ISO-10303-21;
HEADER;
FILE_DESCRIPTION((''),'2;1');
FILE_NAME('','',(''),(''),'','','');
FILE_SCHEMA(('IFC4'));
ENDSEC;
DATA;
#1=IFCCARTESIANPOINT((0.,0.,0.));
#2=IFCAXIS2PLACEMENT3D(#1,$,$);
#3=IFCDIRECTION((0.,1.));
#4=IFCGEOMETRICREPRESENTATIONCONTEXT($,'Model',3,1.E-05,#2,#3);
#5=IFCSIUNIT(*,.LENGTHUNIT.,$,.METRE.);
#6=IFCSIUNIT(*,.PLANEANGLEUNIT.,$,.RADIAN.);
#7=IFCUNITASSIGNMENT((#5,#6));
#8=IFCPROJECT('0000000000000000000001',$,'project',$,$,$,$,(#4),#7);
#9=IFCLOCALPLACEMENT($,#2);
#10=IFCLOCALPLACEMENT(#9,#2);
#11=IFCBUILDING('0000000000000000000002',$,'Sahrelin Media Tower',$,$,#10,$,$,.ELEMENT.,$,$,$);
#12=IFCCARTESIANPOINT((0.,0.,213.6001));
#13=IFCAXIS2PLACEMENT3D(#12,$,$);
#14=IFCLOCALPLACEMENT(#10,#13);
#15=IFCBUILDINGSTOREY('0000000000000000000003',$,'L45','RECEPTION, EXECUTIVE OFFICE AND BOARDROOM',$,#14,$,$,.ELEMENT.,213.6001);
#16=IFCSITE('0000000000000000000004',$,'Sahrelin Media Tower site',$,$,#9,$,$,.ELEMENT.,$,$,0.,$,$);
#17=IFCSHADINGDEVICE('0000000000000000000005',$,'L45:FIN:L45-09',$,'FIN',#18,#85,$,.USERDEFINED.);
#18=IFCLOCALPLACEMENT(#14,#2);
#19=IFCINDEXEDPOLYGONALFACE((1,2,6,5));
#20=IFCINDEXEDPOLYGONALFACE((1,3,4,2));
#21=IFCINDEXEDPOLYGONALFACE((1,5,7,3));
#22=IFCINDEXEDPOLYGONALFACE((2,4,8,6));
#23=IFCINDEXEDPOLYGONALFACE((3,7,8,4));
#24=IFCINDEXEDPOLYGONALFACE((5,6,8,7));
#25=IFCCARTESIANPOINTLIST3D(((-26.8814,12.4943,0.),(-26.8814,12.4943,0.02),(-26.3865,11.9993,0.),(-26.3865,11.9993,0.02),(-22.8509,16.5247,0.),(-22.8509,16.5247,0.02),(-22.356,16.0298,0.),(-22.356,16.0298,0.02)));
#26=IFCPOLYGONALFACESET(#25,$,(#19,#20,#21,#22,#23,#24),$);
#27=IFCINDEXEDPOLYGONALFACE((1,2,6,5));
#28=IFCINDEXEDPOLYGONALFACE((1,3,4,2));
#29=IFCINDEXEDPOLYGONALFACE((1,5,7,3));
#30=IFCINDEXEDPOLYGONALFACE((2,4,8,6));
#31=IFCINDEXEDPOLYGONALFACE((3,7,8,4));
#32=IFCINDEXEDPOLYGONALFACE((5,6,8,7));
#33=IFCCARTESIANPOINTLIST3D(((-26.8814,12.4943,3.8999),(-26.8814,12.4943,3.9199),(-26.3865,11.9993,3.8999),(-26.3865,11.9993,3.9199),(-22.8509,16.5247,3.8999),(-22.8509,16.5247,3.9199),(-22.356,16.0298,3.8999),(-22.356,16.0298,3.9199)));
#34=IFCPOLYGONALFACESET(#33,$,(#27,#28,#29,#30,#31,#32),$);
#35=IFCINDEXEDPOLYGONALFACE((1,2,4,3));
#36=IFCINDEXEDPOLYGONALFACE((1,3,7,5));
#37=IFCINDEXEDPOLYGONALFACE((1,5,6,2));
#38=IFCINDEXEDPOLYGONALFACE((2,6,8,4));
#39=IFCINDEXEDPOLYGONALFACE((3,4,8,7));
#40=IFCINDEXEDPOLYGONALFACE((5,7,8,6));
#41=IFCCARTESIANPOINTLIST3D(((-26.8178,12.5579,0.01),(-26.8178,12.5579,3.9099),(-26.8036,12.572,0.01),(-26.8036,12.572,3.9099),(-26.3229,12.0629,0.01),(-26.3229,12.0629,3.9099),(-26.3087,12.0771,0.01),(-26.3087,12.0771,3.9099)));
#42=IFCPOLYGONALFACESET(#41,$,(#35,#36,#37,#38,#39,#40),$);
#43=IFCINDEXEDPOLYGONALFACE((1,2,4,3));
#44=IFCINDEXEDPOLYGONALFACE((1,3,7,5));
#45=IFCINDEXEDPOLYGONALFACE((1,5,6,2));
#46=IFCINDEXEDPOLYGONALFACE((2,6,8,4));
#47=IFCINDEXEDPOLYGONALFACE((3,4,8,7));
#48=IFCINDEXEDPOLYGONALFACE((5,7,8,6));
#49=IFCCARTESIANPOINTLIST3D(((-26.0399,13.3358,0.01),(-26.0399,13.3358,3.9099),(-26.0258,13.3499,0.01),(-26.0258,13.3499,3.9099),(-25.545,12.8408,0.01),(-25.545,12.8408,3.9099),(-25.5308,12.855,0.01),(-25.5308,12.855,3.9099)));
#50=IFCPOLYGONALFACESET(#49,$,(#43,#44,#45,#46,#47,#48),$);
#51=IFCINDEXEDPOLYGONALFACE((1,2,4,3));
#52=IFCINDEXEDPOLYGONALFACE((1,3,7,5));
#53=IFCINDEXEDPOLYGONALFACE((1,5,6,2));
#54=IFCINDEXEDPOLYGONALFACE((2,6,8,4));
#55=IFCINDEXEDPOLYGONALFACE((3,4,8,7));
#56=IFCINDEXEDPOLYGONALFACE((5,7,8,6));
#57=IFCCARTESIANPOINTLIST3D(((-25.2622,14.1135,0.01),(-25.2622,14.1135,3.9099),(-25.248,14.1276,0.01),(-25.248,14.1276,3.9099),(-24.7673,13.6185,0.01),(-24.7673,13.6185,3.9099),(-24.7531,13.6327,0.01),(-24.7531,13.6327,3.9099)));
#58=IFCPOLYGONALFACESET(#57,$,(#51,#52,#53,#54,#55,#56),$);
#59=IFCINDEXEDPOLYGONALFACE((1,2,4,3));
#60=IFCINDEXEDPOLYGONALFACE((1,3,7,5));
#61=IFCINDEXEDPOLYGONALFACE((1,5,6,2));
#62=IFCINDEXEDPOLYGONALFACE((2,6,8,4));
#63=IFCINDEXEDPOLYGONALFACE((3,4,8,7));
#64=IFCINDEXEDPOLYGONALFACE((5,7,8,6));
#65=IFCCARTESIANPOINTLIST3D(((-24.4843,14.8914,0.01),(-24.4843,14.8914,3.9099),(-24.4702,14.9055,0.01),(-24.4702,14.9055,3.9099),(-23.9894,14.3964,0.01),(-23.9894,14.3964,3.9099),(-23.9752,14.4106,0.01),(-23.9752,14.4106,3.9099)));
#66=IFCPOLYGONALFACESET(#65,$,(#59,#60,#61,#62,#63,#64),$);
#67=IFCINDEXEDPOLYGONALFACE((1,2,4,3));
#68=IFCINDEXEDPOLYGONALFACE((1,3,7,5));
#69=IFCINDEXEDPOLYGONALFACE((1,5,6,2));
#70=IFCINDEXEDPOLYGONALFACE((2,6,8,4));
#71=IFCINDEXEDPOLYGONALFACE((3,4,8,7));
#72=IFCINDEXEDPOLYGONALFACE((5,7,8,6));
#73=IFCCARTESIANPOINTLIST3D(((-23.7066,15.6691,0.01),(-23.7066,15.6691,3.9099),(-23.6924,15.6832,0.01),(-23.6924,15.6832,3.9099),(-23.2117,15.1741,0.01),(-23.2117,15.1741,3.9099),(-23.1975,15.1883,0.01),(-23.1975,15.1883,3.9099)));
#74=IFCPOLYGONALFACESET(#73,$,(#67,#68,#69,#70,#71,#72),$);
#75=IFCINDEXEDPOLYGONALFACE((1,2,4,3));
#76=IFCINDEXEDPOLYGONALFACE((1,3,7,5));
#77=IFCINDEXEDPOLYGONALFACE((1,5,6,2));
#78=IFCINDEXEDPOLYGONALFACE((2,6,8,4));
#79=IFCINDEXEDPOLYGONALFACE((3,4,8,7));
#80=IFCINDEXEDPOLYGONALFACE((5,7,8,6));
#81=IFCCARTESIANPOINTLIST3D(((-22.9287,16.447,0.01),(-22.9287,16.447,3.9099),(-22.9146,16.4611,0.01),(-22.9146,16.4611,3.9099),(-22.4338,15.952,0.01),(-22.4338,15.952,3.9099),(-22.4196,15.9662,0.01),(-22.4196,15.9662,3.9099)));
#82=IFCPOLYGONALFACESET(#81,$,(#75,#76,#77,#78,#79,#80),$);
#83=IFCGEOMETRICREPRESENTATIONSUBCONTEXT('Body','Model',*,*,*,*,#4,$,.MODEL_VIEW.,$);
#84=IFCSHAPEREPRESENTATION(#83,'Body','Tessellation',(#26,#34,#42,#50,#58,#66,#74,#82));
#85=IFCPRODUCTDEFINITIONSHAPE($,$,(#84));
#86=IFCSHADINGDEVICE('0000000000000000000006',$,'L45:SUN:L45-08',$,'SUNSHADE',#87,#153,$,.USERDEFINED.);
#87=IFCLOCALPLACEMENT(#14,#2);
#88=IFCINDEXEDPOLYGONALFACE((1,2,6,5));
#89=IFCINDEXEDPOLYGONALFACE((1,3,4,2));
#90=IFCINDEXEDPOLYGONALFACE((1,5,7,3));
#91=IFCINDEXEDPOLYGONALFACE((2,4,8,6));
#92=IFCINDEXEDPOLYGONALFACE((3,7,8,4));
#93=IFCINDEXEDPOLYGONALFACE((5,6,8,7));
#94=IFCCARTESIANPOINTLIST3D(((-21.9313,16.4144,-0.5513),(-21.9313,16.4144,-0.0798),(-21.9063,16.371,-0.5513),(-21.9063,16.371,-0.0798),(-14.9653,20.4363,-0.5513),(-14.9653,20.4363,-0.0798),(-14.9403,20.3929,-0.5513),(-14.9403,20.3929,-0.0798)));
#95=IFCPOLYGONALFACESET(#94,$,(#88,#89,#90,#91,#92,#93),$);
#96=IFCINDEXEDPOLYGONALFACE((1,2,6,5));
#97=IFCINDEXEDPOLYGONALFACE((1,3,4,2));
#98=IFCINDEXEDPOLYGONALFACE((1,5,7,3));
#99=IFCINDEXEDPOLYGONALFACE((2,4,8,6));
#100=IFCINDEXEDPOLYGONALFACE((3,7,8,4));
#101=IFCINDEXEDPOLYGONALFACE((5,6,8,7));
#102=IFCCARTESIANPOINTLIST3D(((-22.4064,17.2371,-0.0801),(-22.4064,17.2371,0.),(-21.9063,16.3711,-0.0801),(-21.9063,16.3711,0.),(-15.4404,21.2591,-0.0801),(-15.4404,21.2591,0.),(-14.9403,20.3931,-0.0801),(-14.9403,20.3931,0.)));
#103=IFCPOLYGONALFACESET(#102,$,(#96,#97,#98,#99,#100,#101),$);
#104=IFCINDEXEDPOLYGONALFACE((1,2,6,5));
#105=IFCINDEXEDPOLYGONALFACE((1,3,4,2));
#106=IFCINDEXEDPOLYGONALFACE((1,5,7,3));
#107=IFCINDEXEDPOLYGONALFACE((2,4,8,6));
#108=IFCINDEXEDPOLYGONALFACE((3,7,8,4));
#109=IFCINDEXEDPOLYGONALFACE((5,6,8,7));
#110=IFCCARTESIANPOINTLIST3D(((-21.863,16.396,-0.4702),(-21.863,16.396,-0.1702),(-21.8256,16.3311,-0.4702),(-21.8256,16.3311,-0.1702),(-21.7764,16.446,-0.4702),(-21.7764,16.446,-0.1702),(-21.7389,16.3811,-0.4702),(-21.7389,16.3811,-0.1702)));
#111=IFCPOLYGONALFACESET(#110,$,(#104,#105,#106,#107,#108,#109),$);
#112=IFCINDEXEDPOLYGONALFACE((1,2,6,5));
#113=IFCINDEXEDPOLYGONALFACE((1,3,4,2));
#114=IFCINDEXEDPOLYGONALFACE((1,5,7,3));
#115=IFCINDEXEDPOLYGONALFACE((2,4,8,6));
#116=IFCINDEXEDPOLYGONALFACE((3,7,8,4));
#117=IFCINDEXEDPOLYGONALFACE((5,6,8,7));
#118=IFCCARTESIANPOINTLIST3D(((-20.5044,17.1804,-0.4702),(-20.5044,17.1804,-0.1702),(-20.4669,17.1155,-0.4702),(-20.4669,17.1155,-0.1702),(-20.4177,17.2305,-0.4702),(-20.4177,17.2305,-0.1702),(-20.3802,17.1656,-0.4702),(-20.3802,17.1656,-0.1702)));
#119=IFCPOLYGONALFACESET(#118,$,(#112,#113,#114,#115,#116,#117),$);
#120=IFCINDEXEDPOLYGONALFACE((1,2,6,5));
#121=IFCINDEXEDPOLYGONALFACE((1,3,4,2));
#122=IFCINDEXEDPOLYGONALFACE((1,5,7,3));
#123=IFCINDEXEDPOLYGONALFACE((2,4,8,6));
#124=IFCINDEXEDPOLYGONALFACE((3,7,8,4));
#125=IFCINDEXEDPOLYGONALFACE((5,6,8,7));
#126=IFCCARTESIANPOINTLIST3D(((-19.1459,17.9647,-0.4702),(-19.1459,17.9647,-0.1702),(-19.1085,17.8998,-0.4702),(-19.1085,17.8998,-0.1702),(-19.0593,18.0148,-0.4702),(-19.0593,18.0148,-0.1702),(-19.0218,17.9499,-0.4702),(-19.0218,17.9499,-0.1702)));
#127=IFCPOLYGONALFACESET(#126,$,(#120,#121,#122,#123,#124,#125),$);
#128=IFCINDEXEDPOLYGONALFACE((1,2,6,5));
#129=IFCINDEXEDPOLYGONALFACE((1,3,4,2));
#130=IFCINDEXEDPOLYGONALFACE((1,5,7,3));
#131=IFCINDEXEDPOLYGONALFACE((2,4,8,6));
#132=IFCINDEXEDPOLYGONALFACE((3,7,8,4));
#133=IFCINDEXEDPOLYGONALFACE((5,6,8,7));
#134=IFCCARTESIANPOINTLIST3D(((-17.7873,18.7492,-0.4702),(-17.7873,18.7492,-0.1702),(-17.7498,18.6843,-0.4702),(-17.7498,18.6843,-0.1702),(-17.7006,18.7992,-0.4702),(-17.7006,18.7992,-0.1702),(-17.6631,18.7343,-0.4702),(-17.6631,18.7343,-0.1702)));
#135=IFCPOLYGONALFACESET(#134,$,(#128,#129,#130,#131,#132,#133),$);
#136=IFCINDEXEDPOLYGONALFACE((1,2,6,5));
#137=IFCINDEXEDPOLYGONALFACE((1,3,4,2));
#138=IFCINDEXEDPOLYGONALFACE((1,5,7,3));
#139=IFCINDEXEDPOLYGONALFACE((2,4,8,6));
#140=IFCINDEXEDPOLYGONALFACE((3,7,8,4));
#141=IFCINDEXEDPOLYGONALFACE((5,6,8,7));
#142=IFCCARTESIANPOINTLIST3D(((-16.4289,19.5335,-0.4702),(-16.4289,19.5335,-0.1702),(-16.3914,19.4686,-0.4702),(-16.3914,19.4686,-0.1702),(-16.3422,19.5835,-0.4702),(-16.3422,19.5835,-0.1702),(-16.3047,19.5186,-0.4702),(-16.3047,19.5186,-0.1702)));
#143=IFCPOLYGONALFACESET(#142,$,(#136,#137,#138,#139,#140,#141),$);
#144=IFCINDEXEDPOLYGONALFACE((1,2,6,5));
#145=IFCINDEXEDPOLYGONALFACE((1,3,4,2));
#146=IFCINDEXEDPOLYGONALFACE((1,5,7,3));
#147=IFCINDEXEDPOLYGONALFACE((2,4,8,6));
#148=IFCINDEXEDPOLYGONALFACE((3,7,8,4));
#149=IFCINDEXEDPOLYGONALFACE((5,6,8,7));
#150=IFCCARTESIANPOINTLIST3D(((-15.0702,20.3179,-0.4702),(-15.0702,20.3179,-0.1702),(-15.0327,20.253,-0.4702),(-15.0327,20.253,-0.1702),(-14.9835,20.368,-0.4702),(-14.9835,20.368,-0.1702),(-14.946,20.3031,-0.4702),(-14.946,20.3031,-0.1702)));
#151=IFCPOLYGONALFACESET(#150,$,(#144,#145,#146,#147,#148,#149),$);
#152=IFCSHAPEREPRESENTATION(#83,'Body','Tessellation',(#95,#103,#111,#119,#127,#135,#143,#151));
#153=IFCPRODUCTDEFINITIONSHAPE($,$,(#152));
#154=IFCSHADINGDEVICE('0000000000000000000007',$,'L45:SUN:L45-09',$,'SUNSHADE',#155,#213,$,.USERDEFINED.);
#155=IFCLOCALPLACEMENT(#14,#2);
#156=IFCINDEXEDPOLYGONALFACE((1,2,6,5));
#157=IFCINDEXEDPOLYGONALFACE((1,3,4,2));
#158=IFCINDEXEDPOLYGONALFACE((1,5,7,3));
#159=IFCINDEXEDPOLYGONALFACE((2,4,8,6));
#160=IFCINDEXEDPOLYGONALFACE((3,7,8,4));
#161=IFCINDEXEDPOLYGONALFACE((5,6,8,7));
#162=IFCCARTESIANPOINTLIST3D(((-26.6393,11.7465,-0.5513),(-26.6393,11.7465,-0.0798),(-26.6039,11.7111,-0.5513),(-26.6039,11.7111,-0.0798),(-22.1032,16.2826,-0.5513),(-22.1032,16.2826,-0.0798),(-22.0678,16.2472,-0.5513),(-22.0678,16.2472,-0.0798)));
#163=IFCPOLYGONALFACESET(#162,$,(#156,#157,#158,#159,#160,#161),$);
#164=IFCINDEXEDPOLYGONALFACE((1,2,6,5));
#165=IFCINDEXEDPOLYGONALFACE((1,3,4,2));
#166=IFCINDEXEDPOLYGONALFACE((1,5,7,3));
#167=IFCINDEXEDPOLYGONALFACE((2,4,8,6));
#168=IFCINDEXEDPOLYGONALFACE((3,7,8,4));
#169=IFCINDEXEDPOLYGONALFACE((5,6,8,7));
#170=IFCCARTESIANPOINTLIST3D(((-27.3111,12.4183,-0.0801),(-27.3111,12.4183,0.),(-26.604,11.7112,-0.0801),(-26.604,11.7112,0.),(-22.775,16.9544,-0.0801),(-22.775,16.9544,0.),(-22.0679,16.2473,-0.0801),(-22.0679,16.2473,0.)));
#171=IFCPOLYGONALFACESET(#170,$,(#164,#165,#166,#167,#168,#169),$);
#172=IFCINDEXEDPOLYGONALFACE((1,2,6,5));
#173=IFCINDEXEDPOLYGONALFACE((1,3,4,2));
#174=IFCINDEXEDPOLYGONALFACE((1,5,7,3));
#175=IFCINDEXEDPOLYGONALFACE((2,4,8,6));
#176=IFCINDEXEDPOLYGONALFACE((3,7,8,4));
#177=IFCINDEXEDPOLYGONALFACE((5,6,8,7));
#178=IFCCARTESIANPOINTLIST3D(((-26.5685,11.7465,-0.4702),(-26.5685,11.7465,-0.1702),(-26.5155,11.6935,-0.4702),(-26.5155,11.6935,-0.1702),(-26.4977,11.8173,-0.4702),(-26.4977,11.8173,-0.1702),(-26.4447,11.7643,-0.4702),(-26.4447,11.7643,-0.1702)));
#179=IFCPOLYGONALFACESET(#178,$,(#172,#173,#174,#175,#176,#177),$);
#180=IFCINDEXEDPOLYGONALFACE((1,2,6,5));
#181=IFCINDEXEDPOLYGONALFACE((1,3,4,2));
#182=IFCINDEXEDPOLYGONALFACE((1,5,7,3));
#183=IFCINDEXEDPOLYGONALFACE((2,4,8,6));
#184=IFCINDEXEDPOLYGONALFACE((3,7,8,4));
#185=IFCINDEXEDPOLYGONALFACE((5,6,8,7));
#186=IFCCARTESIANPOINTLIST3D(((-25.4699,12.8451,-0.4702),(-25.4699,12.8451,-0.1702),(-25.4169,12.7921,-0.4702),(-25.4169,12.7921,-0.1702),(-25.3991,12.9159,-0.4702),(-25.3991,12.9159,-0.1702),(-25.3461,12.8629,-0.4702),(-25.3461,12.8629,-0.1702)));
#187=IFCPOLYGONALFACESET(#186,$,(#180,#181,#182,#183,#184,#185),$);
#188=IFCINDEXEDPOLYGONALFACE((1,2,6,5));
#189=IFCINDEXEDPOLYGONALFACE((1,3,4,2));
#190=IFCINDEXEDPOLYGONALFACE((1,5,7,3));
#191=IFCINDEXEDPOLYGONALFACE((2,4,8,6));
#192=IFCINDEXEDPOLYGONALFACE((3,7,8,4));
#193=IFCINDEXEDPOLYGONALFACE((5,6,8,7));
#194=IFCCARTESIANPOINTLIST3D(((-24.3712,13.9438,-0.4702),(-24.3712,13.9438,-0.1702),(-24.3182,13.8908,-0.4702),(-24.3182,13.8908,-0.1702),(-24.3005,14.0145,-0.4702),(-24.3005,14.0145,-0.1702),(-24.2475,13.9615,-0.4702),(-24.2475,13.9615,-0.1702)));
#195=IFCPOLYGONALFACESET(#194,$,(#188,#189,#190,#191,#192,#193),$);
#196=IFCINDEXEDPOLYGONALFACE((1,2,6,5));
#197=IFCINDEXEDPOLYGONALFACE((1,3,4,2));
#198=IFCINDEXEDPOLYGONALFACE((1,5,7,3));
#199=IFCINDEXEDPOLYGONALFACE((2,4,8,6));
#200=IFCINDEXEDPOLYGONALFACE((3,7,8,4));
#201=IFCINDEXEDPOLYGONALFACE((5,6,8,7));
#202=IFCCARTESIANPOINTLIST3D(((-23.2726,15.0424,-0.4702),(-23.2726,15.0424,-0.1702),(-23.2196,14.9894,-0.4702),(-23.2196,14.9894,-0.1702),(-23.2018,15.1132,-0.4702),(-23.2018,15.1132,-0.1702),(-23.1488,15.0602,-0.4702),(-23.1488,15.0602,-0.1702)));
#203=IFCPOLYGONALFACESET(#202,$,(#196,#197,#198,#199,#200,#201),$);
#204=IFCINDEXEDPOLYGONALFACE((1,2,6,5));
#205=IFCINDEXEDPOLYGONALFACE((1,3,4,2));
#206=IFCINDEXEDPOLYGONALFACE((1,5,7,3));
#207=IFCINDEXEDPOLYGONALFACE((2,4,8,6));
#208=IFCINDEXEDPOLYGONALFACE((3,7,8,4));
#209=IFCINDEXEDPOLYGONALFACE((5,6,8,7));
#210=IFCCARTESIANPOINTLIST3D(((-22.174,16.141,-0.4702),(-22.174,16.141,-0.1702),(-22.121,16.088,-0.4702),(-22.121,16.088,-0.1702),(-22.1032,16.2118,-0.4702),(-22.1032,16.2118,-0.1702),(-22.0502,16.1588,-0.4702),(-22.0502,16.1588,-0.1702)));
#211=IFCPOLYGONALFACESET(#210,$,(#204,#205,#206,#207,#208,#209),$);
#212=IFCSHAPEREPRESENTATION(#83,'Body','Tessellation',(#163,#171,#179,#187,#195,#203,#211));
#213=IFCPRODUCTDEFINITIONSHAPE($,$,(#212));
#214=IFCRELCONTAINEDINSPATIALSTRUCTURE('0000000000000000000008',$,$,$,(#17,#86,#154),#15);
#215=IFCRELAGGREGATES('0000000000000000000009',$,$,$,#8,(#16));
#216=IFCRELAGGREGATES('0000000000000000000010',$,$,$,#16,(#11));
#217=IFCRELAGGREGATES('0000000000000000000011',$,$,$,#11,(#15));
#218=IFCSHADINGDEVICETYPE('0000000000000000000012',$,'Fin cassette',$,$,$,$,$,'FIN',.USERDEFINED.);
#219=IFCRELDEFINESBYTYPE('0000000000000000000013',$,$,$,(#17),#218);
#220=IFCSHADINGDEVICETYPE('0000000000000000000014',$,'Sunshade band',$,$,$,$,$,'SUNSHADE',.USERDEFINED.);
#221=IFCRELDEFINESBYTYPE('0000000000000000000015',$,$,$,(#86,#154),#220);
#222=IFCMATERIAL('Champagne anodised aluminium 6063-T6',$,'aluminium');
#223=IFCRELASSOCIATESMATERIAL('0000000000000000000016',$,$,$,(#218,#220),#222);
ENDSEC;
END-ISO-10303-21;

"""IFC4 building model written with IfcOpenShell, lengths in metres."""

from ifc_helpers import new_model, si_unit, direction, frame, origin, origin_2d, place, context, subcontext, project, spatial, rectangle, extrude, material, type_object, element, save


model = new_model("IFC4")

# Units and contexts
model_context = context("Model", 3, precision=1e-05, world=origin(), true_north=direction((0.0, 1.0)))
body_context = subcontext(model_context, "Body", "Model", "MODEL_VIEW")
ifc_project = project(units=[si_unit("LENGTHUNIT", "METRE"), si_unit("PLANEANGLEUNIT", "RADIAN")], contexts=[model_context])

# Site, building, storey
site_placement = place(None, origin())
site = spatial("IfcSite", under=ifc_project, at=site_placement, Name="Sahrelin Media Tower site", CompositionType="ELEMENT", RefElevation=0.0)
building_placement = place(site_placement, origin())
building = spatial("IfcBuilding", under=site, at=building_placement, Name="Sahrelin Media Tower", CompositionType="ELEMENT")
storey_placement = place(building_placement, frame((0.0, 0.0, 213.6001)))
storey = spatial("IfcBuildingStorey", under=building, at=storey_placement, Name="L45", Description="RECEPTION, EXECUTIVE OFFICE AND BOARDROOM", CompositionType="ELEMENT", Elevation=213.6001)

# Shared definitions
ifc_material_1 = material(Name="Champagne anodised aluminium 6063-T6", Category="aluminium")

# Shading devices
shading_device_type_1 = type_object("IfcShadingDeviceType", Name="Fin cassette", ElementType="FIN", PredefinedType="USERDEFINED", material=ifc_material_1)
placement_1 = place(storey_placement, frame((-18.4133, 18.3647, 0.0), z_axis=(0.0, 0.0, 1.0), x_axis=(0.866019, 0.500011, 0.0)))
placement_2 = place(storey_placement, frame((-24.3218, 13.9651, 0.0), z_axis=(0.0, 0.0, 1.0), x_axis=(0.707107, 0.707107, 0.0)))
element("IfcShadingDevice", 1, at=placement_2, inside=storey, type_object=shading_device_type_1, Name="L45:FIN:L45-09", ObjectType="FIN", PredefinedType="USERDEFINED", context=body_context, shape_type="SweptSolid", body=[
    extrude(rectangle(XDim=5.7, YDim=0.7, at=origin_2d()), frame((0.0, 0.4199, 0.0)), (0.0, 0.0, 1.0), 0.02),
    extrude(rectangle(XDim=5.7, YDim=0.7, at=origin_2d()), frame((0.0, 0.4199, 3.8999)), (0.0, 0.0, 1.0), 0.02),
    extrude(rectangle(XDim=0.02, YDim=0.7, at=origin_2d()), frame((-2.75, 0.4199, 0.01), z_axis=(0.0, 0.0, 1.0), x_axis=(1.0, 0.0, 0.0)), (0.0, 0.0, 1.0), 3.8999),
    extrude(rectangle(XDim=0.02, YDim=0.7, at=origin_2d()), frame((-1.6499, 0.4199, 0.01), z_axis=(0.0, 0.0, 1.0), x_axis=(1.0, 0.0, 0.0)), (0.0, 0.0, 1.0), 3.8999),
    extrude(rectangle(XDim=0.02, YDim=0.7, at=origin_2d()), frame((-0.55, 0.4199, 0.01), z_axis=(0.0, 0.0, 1.0), x_axis=(1.0, 0.0, 0.0)), (0.0, 0.0, 1.0), 3.8999),
    extrude(rectangle(XDim=0.02, YDim=0.7, at=origin_2d()), frame((0.55, 0.4199, 0.01), z_axis=(0.0, 0.0, 1.0), x_axis=(1.0, 0.0, 0.0)), (0.0, 0.0, 1.0), 3.8999),
    extrude(rectangle(XDim=0.02, YDim=0.7, at=origin_2d()), frame((1.6499, 0.4199, 0.01), z_axis=(0.0, 0.0, 1.0), x_axis=(1.0, 0.0, 0.0)), (0.0, 0.0, 1.0), 3.8999),
    extrude(rectangle(XDim=0.02, YDim=0.7, at=origin_2d()), frame((2.75, 0.4199, 0.01), z_axis=(0.0, 0.0, 1.0), x_axis=(1.0, 0.0, 0.0)), (0.0, 0.0, 1.0), 3.8999),
])
shading_device_type_2 = type_object("IfcShadingDeviceType", Name="Sunshade band", ElementType="SUNSHADE", PredefinedType="USERDEFINED", material=ifc_material_1)
element("IfcShadingDevice", 2, at=placement_1, inside=storey, type_object=shading_device_type_2, Name="L45:SUN:L45-08", ObjectType="SUNSHADE", PredefinedType="USERDEFINED", context=body_context, shape_type="SweptSolid", body=[
    extrude(rectangle(XDim=8.0437, YDim=0.05, at=origin_2d()), frame((0.0, 0.0449, -0.5513)), (0.0, 0.0, 1.0), 0.4714),
    extrude(rectangle(XDim=8.0437, YDim=1.0, at=origin_2d()), frame((0.0, 0.52, -0.0801)), (0.0, 0.0, 1.0), 0.0801),
    extrude(rectangle(XDim=0.1001, YDim=0.075, at=origin_2d()), frame((-3.9219, -0.0176, -0.4702)), (0.0, 0.0, 1.0), 0.3),
    extrude(rectangle(XDim=0.1001, YDim=0.075, at=origin_2d()), frame((-2.353, -0.0176, -0.4702)), (0.0, 0.0, 1.0), 0.3),
    extrude(rectangle(XDim=0.1001, YDim=0.075, at=origin_2d()), frame((-0.7844, -0.0176, -0.4702)), (0.0, 0.0, 1.0), 0.3),
    extrude(rectangle(XDim=0.1001, YDim=0.075, at=origin_2d()), frame((0.7844, -0.0176, -0.4702)), (0.0, 0.0, 1.0), 0.3),
    extrude(rectangle(XDim=0.1001, YDim=0.075, at=origin_2d()), frame((2.353, -0.0176, -0.4702)), (0.0, 0.0, 1.0), 0.3),
    extrude(rectangle(XDim=0.1001, YDim=0.075, at=origin_2d()), frame((3.9219, -0.0176, -0.4702)), (0.0, 0.0, 1.0), 0.3),
])
element("IfcShadingDevice", 3, at=placement_2, inside=storey, type_object=shading_device_type_2, Name="L45:SUN:L45-09", ObjectType="SUNSHADE", PredefinedType="USERDEFINED", context=body_context, shape_type="SweptSolid", body=[
    extrude(rectangle(XDim=6.415, YDim=0.05, at=origin_2d()), frame((0.0, 0.0449, -0.5513)), (0.0, 0.0, 1.0), 0.4714),
    extrude(rectangle(XDim=6.415, YDim=1.0, at=origin_2d()), frame((0.0, 0.52, -0.0801)), (0.0, 0.0, 1.0), 0.0801),
    extrude(rectangle(XDim=0.1001, YDim=0.075, at=origin_2d()), frame((-3.1074, -0.0176, -0.4702)), (0.0, 0.0, 1.0), 0.3),
    extrude(rectangle(XDim=0.1001, YDim=0.075, at=origin_2d()), frame((-1.5537, -0.0176, -0.4702)), (0.0, 0.0, 1.0), 0.3),
    extrude(rectangle(XDim=0.1001, YDim=0.075, at=origin_2d()), frame((0.0, -0.0176, -0.4702)), (0.0, 0.0, 1.0), 0.3),
    extrude(rectangle(XDim=0.1001, YDim=0.075, at=origin_2d()), frame((1.5537, -0.0176, -0.4702)), (0.0, 0.0, 1.0), 0.3),
    extrude(rectangle(XDim=0.1001, YDim=0.075, at=origin_2d()), frame((3.1074, -0.0176, -0.4702)), (0.0, 0.0, 1.0), 0.3),
])

save(model, "model.ifc")
